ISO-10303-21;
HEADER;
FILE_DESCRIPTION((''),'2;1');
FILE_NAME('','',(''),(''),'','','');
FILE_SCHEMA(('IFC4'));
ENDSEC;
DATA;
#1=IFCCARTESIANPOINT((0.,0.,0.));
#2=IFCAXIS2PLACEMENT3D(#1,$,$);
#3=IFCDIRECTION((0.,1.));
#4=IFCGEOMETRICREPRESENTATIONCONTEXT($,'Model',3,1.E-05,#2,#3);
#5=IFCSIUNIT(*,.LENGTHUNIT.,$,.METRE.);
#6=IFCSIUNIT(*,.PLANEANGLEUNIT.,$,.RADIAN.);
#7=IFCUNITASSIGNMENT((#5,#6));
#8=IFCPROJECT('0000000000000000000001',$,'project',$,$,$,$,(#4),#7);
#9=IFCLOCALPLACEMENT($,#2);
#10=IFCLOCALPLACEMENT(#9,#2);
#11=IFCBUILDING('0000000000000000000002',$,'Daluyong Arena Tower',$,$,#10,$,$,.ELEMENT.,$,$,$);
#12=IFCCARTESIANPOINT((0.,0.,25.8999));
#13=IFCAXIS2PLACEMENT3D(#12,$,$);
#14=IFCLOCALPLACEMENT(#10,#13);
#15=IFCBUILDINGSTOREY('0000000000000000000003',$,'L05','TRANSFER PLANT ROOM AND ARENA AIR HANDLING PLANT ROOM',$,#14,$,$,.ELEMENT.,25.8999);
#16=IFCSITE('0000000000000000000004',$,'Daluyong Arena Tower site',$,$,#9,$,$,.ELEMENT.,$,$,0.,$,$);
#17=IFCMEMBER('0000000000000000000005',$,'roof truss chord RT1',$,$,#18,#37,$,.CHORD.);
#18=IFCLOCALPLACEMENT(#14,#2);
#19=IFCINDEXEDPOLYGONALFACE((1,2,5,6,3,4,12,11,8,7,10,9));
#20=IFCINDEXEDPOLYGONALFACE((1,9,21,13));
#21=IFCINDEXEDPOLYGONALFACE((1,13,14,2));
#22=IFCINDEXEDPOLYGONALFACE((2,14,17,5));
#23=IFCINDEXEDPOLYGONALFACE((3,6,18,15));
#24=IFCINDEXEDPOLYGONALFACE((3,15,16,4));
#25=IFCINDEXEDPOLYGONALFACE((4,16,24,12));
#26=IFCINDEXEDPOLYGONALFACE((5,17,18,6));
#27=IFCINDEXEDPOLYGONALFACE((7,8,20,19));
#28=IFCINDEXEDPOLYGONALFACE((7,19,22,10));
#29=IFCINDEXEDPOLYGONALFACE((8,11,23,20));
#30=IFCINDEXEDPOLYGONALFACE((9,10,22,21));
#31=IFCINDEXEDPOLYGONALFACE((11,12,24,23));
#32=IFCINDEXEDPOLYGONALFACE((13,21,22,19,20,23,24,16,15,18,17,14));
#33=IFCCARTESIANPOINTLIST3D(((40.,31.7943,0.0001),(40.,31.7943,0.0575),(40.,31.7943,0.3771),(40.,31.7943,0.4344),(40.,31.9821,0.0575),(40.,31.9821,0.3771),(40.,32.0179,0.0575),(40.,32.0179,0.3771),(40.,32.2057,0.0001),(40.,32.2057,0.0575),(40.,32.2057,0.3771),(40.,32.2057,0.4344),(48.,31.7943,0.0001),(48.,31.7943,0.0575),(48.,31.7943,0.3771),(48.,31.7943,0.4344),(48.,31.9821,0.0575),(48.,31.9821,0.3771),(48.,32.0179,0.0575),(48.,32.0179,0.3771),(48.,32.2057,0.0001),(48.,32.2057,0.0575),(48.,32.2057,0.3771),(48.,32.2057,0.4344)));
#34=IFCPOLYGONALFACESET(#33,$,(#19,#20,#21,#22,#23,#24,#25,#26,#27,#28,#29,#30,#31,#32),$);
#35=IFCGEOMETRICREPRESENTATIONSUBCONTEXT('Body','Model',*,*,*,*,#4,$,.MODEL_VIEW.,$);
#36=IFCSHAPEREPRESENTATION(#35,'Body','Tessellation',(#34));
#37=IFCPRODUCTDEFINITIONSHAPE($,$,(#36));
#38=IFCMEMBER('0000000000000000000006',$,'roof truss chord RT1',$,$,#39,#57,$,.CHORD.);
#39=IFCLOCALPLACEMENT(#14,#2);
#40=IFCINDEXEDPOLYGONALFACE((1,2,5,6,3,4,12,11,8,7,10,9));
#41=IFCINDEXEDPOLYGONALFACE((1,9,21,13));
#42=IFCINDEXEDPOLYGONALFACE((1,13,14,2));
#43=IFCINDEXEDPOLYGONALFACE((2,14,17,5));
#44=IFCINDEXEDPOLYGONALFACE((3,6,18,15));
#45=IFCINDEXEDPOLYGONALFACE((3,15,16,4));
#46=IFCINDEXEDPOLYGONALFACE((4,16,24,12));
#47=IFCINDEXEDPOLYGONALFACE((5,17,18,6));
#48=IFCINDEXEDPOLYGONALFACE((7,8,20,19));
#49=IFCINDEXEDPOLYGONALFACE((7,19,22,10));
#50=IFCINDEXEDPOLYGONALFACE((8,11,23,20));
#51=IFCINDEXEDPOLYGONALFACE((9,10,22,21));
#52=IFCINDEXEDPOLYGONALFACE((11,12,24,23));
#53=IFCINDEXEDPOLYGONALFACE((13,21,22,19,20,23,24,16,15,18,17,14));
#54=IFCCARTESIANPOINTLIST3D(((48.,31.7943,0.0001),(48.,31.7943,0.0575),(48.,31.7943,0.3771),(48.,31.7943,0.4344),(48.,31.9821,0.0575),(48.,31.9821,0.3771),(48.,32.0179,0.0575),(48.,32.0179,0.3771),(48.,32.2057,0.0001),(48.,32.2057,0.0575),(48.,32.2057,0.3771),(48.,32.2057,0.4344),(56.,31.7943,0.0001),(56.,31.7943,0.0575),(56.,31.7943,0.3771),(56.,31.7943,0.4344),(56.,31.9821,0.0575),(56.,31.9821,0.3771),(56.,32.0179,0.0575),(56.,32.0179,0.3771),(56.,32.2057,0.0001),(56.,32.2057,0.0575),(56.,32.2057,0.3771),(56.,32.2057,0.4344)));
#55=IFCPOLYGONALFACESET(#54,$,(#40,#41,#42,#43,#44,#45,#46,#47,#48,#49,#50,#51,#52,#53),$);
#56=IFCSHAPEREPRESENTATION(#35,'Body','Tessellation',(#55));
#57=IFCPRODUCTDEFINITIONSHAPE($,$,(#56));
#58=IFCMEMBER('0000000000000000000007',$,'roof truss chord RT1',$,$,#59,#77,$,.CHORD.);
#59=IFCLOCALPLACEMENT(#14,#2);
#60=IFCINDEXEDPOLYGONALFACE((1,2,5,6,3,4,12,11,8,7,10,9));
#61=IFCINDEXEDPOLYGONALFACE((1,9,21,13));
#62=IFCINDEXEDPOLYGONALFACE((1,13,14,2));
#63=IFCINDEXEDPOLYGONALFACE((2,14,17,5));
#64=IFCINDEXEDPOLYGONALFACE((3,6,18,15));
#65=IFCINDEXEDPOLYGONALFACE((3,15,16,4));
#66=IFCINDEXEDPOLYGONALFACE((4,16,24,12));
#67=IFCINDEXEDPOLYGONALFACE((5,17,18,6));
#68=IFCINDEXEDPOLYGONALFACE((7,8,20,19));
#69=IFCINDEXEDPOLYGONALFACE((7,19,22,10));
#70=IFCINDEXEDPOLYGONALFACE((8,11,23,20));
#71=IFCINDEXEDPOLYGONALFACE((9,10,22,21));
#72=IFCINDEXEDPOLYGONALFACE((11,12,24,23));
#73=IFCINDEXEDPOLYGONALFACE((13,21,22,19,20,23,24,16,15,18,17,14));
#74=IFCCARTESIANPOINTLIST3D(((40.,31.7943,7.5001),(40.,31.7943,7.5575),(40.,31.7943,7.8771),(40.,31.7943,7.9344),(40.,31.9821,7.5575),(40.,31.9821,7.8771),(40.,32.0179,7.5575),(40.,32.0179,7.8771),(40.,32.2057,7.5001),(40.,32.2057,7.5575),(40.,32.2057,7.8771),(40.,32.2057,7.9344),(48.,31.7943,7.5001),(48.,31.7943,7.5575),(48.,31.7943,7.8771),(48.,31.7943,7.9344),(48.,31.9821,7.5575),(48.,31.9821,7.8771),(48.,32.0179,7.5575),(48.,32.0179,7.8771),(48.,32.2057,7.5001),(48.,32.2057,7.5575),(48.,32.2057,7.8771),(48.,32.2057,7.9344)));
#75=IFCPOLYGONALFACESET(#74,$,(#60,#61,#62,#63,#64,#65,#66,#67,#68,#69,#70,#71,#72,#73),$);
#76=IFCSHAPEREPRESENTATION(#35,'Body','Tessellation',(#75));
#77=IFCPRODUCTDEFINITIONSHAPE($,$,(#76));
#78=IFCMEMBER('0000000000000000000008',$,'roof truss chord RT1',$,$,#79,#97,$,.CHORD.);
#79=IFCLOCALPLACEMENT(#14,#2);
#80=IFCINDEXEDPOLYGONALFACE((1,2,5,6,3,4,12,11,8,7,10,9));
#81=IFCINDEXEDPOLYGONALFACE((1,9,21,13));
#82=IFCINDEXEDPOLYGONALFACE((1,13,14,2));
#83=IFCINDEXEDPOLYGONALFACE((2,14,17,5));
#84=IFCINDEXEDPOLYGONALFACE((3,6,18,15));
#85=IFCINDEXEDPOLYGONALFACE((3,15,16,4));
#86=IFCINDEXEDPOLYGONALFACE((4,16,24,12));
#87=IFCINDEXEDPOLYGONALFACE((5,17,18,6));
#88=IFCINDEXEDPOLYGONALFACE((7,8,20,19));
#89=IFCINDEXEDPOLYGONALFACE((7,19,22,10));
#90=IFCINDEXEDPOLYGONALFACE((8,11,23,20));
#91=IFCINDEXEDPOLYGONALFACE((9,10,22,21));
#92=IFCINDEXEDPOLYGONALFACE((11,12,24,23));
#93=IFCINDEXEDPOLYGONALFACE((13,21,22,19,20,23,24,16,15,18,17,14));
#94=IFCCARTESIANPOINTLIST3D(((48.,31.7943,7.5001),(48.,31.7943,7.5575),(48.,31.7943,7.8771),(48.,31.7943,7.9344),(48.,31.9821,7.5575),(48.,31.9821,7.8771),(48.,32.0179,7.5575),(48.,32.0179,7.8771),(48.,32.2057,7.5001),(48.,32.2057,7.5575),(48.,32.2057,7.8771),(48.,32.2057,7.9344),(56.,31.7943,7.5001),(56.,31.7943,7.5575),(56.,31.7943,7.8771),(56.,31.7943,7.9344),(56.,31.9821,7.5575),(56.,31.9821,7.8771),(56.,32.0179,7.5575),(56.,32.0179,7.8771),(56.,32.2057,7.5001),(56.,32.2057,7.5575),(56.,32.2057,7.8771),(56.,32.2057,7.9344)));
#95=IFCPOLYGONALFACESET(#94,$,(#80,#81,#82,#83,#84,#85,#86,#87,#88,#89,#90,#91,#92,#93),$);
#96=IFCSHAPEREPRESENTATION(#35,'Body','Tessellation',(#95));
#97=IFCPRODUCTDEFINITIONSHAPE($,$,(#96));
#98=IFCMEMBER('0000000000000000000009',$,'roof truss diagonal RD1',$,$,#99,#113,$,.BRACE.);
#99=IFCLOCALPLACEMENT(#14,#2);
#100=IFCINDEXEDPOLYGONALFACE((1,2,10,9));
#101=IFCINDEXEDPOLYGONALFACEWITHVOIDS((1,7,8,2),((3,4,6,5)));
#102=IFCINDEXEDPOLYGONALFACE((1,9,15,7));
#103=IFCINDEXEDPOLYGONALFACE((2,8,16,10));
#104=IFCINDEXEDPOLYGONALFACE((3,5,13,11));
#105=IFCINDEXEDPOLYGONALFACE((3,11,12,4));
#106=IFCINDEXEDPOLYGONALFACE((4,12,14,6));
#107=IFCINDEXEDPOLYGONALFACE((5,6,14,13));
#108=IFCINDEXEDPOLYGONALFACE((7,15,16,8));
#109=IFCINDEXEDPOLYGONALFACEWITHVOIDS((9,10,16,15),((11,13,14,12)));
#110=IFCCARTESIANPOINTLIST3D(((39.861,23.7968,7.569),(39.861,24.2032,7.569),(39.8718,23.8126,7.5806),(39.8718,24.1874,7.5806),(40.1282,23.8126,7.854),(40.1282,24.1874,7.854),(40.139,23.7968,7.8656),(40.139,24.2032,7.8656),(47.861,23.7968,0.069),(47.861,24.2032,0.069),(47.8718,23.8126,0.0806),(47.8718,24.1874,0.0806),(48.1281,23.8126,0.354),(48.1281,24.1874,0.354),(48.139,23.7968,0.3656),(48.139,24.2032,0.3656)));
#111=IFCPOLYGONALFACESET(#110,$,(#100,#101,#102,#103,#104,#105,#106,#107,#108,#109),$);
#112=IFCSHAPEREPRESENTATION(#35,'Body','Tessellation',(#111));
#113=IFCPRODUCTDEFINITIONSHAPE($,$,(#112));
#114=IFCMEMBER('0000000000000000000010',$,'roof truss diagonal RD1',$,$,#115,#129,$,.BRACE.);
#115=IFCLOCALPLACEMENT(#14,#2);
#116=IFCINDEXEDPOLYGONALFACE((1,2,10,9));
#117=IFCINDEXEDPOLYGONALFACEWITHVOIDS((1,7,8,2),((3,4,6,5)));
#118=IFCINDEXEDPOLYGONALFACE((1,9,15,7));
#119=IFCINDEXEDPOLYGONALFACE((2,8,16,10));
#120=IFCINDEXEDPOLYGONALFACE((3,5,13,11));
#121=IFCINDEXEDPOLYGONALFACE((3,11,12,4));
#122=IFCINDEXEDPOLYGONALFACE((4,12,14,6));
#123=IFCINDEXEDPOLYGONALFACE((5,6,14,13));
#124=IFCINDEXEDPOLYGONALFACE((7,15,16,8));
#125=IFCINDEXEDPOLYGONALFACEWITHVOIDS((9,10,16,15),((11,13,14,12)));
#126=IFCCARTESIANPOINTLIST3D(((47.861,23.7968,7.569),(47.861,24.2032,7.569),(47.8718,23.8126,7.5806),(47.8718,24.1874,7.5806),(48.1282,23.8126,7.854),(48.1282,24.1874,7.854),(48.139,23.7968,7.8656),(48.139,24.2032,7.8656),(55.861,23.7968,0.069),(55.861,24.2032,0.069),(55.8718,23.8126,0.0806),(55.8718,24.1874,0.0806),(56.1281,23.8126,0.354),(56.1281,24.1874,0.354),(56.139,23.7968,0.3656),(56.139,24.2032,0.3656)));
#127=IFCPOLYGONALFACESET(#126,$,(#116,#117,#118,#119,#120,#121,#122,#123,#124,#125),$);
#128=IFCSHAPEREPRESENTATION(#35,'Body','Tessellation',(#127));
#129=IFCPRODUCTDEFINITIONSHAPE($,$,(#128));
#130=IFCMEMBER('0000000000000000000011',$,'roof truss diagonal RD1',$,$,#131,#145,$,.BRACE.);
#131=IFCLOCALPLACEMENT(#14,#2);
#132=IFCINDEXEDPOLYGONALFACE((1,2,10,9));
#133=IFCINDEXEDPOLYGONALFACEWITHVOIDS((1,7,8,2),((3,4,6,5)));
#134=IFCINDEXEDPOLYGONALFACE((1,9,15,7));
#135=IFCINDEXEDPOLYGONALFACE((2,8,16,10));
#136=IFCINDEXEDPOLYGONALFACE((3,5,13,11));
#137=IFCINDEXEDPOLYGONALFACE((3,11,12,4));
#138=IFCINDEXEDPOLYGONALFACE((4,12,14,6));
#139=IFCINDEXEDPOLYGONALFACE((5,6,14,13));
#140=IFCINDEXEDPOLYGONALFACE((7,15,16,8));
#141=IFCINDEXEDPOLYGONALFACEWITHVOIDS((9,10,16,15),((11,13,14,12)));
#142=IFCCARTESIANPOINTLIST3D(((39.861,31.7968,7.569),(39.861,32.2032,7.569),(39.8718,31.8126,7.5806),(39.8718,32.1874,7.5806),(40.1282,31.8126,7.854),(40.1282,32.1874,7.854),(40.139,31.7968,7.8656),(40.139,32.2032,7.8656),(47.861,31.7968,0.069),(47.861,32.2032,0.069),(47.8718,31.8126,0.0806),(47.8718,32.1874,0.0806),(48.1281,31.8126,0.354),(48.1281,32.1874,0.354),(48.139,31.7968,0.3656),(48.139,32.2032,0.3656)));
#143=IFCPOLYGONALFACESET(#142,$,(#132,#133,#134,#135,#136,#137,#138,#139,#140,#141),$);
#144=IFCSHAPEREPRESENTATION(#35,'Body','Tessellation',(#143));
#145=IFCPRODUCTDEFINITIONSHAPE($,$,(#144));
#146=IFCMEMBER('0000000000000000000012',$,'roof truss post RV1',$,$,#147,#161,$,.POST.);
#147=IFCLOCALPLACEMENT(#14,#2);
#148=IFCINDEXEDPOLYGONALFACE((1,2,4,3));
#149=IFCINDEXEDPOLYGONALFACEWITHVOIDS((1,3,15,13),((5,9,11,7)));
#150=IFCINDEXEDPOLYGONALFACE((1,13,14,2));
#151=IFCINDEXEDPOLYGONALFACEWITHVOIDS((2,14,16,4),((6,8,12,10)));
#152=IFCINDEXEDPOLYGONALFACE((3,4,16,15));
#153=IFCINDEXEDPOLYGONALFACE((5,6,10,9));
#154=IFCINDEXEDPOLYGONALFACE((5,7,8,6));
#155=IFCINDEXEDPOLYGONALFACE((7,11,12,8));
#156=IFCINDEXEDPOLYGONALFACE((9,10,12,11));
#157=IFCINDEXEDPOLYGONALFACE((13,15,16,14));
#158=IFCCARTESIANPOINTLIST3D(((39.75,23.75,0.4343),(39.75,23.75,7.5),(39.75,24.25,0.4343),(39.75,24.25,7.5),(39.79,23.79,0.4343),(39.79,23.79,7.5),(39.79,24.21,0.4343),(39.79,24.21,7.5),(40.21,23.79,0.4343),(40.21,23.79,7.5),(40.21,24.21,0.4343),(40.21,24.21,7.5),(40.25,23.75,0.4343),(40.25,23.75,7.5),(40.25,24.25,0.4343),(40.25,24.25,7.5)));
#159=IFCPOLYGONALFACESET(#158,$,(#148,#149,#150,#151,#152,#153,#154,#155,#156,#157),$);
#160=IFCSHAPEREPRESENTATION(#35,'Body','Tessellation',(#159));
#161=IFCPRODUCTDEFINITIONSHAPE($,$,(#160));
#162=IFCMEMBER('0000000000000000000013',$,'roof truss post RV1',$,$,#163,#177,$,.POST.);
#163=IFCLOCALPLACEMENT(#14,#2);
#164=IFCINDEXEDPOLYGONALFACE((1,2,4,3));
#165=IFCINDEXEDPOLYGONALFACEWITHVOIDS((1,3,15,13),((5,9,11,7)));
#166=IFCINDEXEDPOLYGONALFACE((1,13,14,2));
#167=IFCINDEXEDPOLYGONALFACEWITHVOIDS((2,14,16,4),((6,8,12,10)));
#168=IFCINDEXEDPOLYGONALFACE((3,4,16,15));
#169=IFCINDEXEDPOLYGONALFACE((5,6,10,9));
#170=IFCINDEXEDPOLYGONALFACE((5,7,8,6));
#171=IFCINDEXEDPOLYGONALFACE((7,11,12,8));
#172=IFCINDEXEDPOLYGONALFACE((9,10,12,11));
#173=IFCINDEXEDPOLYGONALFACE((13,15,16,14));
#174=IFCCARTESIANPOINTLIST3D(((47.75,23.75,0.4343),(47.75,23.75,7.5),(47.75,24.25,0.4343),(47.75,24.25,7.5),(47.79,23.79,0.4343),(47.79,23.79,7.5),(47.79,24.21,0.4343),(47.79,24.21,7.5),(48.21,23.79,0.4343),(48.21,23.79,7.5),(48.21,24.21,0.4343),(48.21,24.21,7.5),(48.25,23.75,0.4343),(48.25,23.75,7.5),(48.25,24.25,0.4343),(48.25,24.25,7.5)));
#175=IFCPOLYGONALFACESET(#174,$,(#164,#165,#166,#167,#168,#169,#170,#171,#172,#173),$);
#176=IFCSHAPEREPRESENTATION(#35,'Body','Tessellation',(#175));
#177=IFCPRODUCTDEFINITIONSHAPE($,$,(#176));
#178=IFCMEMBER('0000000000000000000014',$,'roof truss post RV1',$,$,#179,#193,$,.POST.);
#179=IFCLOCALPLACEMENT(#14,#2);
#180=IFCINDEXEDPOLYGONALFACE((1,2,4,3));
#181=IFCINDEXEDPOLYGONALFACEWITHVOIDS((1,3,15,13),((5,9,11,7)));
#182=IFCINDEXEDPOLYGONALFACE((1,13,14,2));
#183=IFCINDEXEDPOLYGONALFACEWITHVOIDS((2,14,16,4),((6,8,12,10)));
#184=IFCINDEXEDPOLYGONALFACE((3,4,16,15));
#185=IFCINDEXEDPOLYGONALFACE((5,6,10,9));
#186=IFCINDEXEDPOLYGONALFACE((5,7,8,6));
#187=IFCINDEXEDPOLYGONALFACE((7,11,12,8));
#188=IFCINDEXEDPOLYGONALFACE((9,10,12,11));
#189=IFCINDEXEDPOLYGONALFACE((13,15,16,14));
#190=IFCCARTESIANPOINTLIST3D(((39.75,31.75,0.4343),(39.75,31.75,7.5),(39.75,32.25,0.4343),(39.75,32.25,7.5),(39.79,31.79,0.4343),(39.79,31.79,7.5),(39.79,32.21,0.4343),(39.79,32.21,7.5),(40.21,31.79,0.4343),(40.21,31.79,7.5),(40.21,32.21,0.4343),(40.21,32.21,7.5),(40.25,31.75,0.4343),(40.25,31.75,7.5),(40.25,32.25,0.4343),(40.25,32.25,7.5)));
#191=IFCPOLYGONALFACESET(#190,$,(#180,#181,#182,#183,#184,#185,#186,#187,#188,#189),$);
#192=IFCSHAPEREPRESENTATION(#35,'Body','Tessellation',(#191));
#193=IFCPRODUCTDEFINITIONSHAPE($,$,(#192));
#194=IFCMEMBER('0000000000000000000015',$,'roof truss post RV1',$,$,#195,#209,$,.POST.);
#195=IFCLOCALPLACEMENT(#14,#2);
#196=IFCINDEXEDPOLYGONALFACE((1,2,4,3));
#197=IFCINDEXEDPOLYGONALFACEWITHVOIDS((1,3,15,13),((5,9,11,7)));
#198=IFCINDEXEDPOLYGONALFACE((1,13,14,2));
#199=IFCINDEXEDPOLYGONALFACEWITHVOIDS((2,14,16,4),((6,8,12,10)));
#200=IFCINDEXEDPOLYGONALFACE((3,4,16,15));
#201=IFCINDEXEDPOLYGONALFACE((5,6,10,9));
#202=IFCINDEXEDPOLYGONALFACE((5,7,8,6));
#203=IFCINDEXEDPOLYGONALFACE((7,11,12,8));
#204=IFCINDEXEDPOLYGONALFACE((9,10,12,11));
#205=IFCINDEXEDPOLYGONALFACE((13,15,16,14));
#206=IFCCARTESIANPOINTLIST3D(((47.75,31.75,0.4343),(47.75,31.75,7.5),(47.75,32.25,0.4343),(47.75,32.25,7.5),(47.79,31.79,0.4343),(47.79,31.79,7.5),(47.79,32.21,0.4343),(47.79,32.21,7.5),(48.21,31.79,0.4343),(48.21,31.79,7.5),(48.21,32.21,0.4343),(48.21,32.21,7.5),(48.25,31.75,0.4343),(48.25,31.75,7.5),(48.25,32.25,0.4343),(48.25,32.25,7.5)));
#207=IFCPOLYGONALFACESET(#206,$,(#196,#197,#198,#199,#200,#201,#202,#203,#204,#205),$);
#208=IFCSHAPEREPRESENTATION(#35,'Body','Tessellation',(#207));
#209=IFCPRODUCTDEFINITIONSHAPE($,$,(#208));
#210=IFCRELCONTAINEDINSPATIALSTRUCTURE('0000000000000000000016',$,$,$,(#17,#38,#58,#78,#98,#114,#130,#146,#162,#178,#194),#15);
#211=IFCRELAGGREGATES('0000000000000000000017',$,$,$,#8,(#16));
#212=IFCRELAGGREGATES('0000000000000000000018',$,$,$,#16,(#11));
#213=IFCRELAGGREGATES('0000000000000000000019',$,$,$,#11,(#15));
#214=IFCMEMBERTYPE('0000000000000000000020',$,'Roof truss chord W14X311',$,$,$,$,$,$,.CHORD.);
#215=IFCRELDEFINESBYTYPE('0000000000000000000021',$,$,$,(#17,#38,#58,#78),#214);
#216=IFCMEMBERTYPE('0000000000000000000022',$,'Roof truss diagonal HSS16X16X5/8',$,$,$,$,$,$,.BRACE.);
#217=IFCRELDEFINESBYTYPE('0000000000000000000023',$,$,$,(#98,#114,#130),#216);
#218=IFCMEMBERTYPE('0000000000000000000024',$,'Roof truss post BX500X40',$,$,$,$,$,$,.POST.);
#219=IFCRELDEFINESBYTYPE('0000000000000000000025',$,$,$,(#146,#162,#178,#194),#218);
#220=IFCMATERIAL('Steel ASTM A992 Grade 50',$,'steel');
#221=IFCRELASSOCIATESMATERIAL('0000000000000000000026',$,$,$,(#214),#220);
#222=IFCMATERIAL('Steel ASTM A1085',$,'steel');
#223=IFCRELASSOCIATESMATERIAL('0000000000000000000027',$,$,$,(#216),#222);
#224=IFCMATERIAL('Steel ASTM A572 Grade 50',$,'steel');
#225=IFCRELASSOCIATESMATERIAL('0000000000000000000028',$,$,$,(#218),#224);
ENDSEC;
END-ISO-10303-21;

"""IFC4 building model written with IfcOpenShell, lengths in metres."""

from ifc_helpers import new_model, si_unit, direction, frame, origin, origin_2d, place, context, subcontext, project, spatial, hollow_rectangle, i_section, extrude, material, material_profile, profile_set, type_object, element, save


model = new_model("IFC4")

# Units and contexts
model_context = context("Model", 3, precision=1e-05, world=origin(), true_north=direction((0.0, 1.0)))
body_context = subcontext(model_context, "Body", "Model", "MODEL_VIEW")
ifc_project = project(units=[si_unit("LENGTHUNIT", "METRE"), si_unit("PLANEANGLEUNIT", "RADIAN")], contexts=[model_context])

# Site, building, storey
site_placement = place(None, origin())
site = spatial("IfcSite", under=ifc_project, at=site_placement, Name="Daluyong Arena Tower site", CompositionType="ELEMENT", RefElevation=0.0)
building_placement = place(site_placement, origin())
building = spatial("IfcBuilding", under=site, at=building_placement, Name="Daluyong Arena Tower", CompositionType="ELEMENT")
storey_placement = place(building_placement, frame((0.0, 0.0, 25.8999)))
storey = spatial("IfcBuildingStorey", under=building, at=storey_placement, Name="L05", Description="TRANSFER PLANT ROOM AND ARENA AIR HANDLING PLANT ROOM", CompositionType="ELEMENT", Elevation=25.8999)

# Members
ifc_material_1 = material(Name="Steel ASTM A992 Grade 50", Category="steel")
ifc_material_profile_1 = material_profile(ifc_material_1, i_section(OverallWidth=0.4114, OverallDepth=0.4343, WebThickness=0.0359, FlangeThickness=0.0574, at=origin_2d()))
ifc_profile_set_1 = profile_set([ifc_material_profile_1], Name="Steel ASTM A992 Grade 50")
member_type_1 = type_object("IfcMemberType", Name="Roof truss chord W14X311", PredefinedType="CHORD", material=ifc_profile_set_1)
for number, where, z_axis, x_axis, name in (
    (1, (40.0, 32.0, 0.2173), (1.0, 0.0, 0.0), (0.0, 1.0, 0.0), "roof truss chord RT1"),
    (2, (48.0, 32.0, 0.2173), (1.0, 0.0, 0.0), (0.0, 1.0, 0.0), "roof truss chord RT1"),
    (3, (40.0, 32.0, 7.7173), (1.0, 0.0, 0.0), (0.0, 1.0, 0.0), "roof truss chord RT1"),
    (4, (48.0, 32.0, 7.7173), (1.0, 0.0, 0.0), (0.0, 1.0, 0.0), "roof truss chord RT1"),
):
    element("IfcMember", number, at=place(storey_placement, frame(where, z_axis=z_axis, x_axis=x_axis)), inside=storey, type_object=member_type_1, Name=name, PredefinedType="CHORD", context=body_context, shape_type="SweptSolid", body=[
        extrude(i_section(OverallWidth=0.4114, OverallDepth=0.4343, WebThickness=0.0359, FlangeThickness=0.0574, at=origin_2d()), origin(), (0.0, 0.0, 1.0), 8.0),
    ])
ifc_material_2 = material(Name="Steel ASTM A1085", Category="steel")
ifc_material_profile_2 = material_profile(ifc_material_2, hollow_rectangle(XDim=0.4065, YDim=0.4065, WallThickness=0.0159, at=origin_2d()))
ifc_profile_set_2 = profile_set([ifc_material_profile_2], Name="Steel ASTM A1085")
member_type_2 = type_object("IfcMemberType", Name="Roof truss diagonal HSS16X16X5/8", PredefinedType="BRACE", material=ifc_profile_set_2)
for number, where, z_axis, x_axis, name in (
    (5, (40.0, 24.0, 7.7173), (0.729537, 0.0, -0.683941), (0.0, 1.0, 0.0), "roof truss diagonal RD1"),
    (6, (48.0, 24.0, 7.7173), (0.729537, 0.0, -0.683941), (0.0, 1.0, 0.0), "roof truss diagonal RD1"),
    (7, (40.0, 32.0, 7.7173), (0.729537, 0.0, -0.683941), (0.0, 1.0, 0.0), "roof truss diagonal RD1"),
):
    element("IfcMember", number, at=place(storey_placement, frame(where, z_axis=z_axis, x_axis=x_axis)), inside=storey, type_object=member_type_2, Name=name, PredefinedType="BRACE", context=body_context, shape_type="SweptSolid", body=[
        extrude(hollow_rectangle(XDim=0.4065, YDim=0.4065, WallThickness=0.0159, at=origin_2d()), origin(), (0.0, 0.0, 1.0), 10.9658),
    ])
ifc_material_3 = material(Name="Steel ASTM A572 Grade 50", Category="steel")
ifc_material_profile_3 = material_profile(ifc_material_3, hollow_rectangle(XDim=0.5, YDim=0.5, WallThickness=0.04, at=origin_2d()))
ifc_profile_set_3 = profile_set([ifc_material_profile_3], Name="Steel ASTM A572 Grade 50")
member_type_3 = type_object("IfcMemberType", Name="Roof truss post BX500X40", PredefinedType="POST", material=ifc_profile_set_3)
for number, where, z_axis, x_axis, name in (
    (8, (40.0, 24.0, 0.4343), (0.0, 0.0, 1.0), (1.0, 0.0, 0.0), "roof truss post RV1"),
    (9, (48.0, 24.0, 0.4343), (0.0, 0.0, 1.0), (1.0, 0.0, 0.0), "roof truss post RV1"),
    (10, (40.0, 32.0, 0.4343), (0.0, 0.0, 1.0), (1.0, 0.0, 0.0), "roof truss post RV1"),
    (11, (48.0, 32.0, 0.4343), (0.0, 0.0, 1.0), (1.0, 0.0, 0.0), "roof truss post RV1"),
):
    element("IfcMember", number, at=place(storey_placement, frame(where, z_axis=z_axis, x_axis=x_axis)), inside=storey, type_object=member_type_3, Name=name, PredefinedType="POST", context=body_context, shape_type="SweptSolid", body=[
        extrude(hollow_rectangle(XDim=0.5, YDim=0.5, WallThickness=0.04, at=origin_2d()), origin(), (0.0, 0.0, 1.0), 7.0657),
    ])

save(model, "model.ifc")
